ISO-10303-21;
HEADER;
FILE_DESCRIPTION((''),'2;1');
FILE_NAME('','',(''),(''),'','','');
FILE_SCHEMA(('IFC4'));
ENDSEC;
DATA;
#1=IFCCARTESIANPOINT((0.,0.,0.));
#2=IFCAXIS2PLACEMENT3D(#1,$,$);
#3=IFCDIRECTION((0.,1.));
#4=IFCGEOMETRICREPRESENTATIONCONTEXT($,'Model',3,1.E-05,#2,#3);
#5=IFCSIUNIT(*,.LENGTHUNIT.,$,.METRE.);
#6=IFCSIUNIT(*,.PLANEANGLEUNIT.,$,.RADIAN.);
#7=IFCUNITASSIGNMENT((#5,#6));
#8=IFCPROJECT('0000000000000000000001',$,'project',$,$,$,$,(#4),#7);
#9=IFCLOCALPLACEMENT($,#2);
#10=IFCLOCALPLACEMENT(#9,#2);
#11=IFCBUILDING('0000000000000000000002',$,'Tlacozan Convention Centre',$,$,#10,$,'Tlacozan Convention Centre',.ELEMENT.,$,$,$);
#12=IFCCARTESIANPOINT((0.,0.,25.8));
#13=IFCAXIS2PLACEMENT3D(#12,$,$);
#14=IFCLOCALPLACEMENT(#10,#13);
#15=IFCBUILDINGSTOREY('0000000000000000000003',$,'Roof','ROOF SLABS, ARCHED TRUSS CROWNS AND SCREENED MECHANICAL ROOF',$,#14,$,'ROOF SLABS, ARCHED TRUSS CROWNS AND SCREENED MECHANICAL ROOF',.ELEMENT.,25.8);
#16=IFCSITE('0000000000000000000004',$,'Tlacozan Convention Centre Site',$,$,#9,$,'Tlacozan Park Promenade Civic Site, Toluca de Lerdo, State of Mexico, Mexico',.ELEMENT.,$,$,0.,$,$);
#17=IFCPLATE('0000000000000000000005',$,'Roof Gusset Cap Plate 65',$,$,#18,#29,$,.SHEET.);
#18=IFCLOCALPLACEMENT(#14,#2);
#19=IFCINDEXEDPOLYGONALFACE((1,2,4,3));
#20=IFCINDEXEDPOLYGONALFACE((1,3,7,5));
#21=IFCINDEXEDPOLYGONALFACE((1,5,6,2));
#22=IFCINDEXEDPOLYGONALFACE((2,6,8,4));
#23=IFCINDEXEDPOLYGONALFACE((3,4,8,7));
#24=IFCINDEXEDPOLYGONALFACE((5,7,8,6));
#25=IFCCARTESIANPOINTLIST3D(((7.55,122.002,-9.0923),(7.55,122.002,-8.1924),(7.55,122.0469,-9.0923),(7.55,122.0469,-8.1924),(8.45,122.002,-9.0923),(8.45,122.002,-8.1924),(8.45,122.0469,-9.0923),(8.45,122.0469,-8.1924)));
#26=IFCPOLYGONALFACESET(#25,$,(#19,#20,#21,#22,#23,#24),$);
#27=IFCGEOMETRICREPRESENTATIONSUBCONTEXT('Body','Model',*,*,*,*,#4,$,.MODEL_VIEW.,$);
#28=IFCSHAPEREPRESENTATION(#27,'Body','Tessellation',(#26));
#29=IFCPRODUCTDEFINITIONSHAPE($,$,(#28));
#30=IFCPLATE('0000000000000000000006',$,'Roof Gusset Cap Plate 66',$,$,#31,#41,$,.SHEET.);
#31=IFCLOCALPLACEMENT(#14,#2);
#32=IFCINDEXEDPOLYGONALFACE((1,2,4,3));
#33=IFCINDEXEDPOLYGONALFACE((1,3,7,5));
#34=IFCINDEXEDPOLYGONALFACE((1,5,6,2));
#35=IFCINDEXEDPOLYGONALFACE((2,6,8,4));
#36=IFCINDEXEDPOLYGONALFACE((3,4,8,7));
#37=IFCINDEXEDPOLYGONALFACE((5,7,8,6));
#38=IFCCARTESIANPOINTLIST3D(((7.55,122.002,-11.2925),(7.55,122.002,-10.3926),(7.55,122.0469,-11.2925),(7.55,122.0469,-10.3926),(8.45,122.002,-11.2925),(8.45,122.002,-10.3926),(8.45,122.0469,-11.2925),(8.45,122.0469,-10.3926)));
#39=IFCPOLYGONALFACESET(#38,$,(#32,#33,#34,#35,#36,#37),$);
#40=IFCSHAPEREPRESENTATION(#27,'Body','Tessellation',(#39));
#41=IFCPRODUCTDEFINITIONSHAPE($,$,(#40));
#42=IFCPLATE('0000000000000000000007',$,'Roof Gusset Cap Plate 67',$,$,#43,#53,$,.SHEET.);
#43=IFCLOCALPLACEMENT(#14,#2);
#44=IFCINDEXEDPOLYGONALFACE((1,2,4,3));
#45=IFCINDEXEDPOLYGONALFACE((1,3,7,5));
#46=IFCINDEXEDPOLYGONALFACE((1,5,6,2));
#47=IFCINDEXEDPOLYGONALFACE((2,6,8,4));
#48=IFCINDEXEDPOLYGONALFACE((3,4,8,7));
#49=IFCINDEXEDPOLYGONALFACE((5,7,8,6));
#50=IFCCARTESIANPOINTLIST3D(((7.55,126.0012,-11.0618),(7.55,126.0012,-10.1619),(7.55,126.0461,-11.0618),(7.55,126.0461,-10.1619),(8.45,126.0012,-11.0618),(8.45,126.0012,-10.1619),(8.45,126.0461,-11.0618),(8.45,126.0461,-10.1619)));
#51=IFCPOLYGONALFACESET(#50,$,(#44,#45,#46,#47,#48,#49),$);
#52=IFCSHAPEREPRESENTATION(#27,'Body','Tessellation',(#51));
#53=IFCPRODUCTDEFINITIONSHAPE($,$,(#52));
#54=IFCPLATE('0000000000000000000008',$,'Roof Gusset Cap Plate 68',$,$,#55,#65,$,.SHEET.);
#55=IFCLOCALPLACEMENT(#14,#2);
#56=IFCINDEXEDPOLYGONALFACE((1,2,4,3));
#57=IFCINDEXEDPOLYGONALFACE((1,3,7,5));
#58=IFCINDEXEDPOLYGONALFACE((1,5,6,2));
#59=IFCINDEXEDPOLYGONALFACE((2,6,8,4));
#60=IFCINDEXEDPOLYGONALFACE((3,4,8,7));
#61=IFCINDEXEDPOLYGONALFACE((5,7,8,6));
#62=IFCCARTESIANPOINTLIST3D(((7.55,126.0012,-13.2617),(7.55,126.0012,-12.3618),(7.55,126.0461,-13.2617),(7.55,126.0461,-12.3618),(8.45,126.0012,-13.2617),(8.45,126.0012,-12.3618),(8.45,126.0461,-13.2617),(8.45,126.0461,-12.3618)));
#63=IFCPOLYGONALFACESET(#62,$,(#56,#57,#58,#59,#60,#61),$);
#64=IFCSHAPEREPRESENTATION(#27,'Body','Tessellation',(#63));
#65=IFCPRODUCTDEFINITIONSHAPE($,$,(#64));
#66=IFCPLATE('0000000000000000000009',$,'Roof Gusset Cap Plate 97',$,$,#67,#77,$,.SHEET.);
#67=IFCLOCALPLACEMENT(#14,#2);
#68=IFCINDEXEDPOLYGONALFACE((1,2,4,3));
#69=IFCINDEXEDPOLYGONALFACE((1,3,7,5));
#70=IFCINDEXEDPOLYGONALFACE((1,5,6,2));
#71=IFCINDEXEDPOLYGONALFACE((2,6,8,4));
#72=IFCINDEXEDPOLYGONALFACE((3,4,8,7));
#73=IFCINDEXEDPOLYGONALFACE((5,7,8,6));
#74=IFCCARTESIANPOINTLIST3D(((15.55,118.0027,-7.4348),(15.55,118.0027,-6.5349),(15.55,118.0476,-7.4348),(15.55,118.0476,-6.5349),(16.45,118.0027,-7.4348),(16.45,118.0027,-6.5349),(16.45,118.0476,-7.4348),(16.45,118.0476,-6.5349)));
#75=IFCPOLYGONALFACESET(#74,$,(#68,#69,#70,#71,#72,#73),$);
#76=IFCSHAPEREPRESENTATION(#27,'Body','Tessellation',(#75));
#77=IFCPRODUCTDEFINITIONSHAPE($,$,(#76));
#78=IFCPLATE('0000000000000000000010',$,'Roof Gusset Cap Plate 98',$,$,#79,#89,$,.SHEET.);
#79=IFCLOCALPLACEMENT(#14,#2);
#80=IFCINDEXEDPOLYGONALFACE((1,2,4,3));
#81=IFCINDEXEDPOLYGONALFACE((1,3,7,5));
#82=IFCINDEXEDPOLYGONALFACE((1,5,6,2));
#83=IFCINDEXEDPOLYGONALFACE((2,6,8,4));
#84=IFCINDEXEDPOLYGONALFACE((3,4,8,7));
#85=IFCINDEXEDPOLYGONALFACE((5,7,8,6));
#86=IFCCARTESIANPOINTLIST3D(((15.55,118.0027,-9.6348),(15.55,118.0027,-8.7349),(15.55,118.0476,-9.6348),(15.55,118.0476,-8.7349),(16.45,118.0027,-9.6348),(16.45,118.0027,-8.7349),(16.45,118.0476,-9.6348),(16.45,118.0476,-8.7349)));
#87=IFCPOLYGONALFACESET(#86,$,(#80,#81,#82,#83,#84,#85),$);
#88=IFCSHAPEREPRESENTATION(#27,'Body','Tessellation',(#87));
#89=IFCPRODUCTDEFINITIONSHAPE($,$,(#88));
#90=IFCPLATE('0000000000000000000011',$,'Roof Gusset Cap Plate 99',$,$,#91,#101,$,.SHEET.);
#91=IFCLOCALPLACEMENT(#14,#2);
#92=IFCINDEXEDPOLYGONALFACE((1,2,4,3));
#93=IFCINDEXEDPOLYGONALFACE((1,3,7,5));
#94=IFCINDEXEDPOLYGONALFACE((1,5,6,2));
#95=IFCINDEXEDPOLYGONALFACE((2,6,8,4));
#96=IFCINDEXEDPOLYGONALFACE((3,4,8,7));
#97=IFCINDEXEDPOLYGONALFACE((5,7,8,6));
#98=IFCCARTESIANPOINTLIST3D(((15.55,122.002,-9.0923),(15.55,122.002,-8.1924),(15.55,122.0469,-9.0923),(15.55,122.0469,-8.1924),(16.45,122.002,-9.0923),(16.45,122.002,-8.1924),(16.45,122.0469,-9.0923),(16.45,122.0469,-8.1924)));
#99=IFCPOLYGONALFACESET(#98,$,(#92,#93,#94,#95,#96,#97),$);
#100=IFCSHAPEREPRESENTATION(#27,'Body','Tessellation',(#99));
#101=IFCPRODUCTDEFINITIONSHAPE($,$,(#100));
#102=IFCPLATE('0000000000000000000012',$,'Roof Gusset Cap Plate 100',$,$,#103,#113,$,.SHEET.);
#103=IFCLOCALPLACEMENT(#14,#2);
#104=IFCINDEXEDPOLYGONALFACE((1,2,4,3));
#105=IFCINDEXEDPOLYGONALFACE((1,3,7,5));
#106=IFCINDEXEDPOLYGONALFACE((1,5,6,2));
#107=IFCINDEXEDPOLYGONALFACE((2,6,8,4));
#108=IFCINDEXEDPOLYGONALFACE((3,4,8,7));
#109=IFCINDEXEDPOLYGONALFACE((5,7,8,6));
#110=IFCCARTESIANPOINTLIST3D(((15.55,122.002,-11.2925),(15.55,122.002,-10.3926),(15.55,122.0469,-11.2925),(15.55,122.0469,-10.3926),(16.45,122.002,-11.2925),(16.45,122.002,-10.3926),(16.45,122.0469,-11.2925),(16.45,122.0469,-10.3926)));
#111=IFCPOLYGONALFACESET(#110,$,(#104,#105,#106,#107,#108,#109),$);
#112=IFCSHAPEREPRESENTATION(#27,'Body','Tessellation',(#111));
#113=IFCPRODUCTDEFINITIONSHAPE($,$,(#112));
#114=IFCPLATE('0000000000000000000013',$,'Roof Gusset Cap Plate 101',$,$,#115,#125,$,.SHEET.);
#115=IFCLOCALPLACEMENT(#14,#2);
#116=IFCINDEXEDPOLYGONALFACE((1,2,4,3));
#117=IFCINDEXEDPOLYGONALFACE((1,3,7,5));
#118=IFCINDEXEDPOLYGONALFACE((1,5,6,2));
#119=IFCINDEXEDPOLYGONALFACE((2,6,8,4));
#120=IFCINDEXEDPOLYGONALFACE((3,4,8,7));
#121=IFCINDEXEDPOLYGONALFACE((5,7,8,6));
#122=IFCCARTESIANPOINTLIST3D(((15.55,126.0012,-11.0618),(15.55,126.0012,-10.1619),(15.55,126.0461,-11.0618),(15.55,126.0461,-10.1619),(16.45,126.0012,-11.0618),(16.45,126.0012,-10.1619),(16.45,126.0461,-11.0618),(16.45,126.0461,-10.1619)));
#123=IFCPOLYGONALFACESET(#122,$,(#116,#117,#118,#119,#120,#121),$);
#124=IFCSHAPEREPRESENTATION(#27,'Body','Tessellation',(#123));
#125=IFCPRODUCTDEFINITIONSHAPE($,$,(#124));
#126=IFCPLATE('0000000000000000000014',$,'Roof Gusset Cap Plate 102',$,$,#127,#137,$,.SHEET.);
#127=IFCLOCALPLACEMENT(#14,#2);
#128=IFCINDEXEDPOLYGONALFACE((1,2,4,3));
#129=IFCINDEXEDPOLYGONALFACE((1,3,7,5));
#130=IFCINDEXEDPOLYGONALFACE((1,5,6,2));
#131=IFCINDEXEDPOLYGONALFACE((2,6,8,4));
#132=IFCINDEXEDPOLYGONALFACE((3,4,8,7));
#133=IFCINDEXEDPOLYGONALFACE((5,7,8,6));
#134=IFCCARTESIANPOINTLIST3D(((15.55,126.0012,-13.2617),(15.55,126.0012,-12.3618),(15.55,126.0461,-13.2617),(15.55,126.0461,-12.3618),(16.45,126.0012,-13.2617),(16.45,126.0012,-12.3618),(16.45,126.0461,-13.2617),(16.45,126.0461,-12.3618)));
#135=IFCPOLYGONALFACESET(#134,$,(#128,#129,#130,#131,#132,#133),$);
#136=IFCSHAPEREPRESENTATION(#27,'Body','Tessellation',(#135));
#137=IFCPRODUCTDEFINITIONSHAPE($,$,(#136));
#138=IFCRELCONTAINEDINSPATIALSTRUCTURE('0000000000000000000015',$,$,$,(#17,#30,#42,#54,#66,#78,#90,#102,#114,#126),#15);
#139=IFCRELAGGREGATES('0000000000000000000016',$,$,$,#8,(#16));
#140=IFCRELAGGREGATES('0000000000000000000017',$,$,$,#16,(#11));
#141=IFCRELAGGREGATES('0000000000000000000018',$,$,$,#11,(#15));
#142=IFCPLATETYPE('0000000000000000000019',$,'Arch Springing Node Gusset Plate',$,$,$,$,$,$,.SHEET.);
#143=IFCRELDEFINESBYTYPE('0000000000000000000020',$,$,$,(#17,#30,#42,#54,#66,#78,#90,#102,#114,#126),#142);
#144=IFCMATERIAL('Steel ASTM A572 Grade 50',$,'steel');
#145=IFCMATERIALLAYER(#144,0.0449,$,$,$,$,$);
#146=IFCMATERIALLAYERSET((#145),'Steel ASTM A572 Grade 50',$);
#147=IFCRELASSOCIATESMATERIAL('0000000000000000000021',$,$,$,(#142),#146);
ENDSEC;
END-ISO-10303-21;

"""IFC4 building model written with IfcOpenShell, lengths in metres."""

from ifc_helpers import new_model, si_unit, direction, frame, origin, origin_2d, place, context, subcontext, project, spatial, rectangle, extrude, material, layer, layer_set, type_object, element, save


model = new_model("IFC4")

# Units and contexts
model_context = context("Model", 3, precision=1e-05, world=origin(), true_north=direction((0.0, 1.0)))
body_context = subcontext(model_context, "Body", "Model", "MODEL_VIEW")
ifc_project = project(units=[si_unit("LENGTHUNIT", "METRE"), si_unit("PLANEANGLEUNIT", "RADIAN")], contexts=[model_context])

# Site, building, storey
site_placement = place(None, origin())
site = spatial("IfcSite", under=ifc_project, at=site_placement, Name="Tlacozan Convention Centre Site", LongName="Tlacozan Park Promenade Civic Site, Toluca de Lerdo, State of Mexico, Mexico", CompositionType="ELEMENT", RefElevation=0.0)
building_placement = place(site_placement, origin())
building = spatial("IfcBuilding", under=site, at=building_placement, Name="Tlacozan Convention Centre", LongName="Tlacozan Convention Centre", CompositionType="ELEMENT")
storey_placement = place(building_placement, frame((0.0, 0.0, 25.8)))
storey = spatial("IfcBuildingStorey", under=building, at=storey_placement, Name="Roof", Description="ROOF SLABS, ARCHED TRUSS CROWNS AND SCREENED MECHANICAL ROOF", LongName="ROOF SLABS, ARCHED TRUSS CROWNS AND SCREENED MECHANICAL ROOF", CompositionType="ELEMENT", Elevation=25.8)

# Plates
ifc_material_1 = material(Name="Steel ASTM A572 Grade 50", Category="steel")
ifc_layer = layer(ifc_material_1, 0.0449)
ifc_layer_set = layer_set([ifc_layer], Name="Steel ASTM A572 Grade 50")
plate_type = type_object("IfcPlateType", Name="Arch Springing Node Gusset Plate", PredefinedType="SHEET", material=ifc_layer_set)
for number, where, z_axis, x_axis, name in (
    (1, (8.0, 122.0244, -9.0923), (0.0, 0.0, 1.0), (0.0, 1.0, 0.0), "Roof Gusset Cap Plate 65"),
    (2, (8.0, 122.0244, -11.2925), (0.0, 0.0, 1.0), (0.0, 1.0, 0.0), "Roof Gusset Cap Plate 66"),
    (3, (8.0, 126.0237, -11.0618), (0.0, 0.0, 1.0), (0.0, 1.0, 0.0), "Roof Gusset Cap Plate 67"),
    (4, (8.0, 126.0237, -13.2617), (0.0, 0.0, 1.0), (0.0, 1.0, 0.0), "Roof Gusset Cap Plate 68"),
    (5, (16.0, 118.0251, -7.4348), (0.0, 0.0, 1.0), (0.0, 1.0, 0.0), "Roof Gusset Cap Plate 97"),
    (6, (16.0, 118.0251, -9.6348), (0.0, 0.0, 1.0), (0.0, 1.0, 0.0), "Roof Gusset Cap Plate 98"),
    (7, (16.0, 122.0244, -9.0923), (0.0, 0.0, 1.0), (0.0, 1.0, 0.0), "Roof Gusset Cap Plate 99"),
    (8, (16.0, 122.0244, -11.2925), (0.0, 0.0, 1.0), (0.0, 1.0, 0.0), "Roof Gusset Cap Plate 100"),
    (9, (16.0, 126.0237, -11.0618), (0.0, 0.0, 1.0), (0.0, 1.0, 0.0), "Roof Gusset Cap Plate 101"),
    (10, (16.0, 126.0237, -13.2617), (0.0, 0.0, 1.0), (0.0, 1.0, 0.0), "Roof Gusset Cap Plate 102"),
):
    element("IfcPlate", number, at=place(storey_placement, frame(where, z_axis=z_axis, x_axis=x_axis)), inside=storey, type_object=plate_type, Name=name, PredefinedType="SHEET", context=body_context, shape_type="SweptSolid", body=[
        extrude(rectangle(XDim=0.0449, YDim=0.8999, at=origin_2d()), origin(), (0.0, 0.0, 1.0), 0.8999),
    ])

save(model, "model.ifc")
